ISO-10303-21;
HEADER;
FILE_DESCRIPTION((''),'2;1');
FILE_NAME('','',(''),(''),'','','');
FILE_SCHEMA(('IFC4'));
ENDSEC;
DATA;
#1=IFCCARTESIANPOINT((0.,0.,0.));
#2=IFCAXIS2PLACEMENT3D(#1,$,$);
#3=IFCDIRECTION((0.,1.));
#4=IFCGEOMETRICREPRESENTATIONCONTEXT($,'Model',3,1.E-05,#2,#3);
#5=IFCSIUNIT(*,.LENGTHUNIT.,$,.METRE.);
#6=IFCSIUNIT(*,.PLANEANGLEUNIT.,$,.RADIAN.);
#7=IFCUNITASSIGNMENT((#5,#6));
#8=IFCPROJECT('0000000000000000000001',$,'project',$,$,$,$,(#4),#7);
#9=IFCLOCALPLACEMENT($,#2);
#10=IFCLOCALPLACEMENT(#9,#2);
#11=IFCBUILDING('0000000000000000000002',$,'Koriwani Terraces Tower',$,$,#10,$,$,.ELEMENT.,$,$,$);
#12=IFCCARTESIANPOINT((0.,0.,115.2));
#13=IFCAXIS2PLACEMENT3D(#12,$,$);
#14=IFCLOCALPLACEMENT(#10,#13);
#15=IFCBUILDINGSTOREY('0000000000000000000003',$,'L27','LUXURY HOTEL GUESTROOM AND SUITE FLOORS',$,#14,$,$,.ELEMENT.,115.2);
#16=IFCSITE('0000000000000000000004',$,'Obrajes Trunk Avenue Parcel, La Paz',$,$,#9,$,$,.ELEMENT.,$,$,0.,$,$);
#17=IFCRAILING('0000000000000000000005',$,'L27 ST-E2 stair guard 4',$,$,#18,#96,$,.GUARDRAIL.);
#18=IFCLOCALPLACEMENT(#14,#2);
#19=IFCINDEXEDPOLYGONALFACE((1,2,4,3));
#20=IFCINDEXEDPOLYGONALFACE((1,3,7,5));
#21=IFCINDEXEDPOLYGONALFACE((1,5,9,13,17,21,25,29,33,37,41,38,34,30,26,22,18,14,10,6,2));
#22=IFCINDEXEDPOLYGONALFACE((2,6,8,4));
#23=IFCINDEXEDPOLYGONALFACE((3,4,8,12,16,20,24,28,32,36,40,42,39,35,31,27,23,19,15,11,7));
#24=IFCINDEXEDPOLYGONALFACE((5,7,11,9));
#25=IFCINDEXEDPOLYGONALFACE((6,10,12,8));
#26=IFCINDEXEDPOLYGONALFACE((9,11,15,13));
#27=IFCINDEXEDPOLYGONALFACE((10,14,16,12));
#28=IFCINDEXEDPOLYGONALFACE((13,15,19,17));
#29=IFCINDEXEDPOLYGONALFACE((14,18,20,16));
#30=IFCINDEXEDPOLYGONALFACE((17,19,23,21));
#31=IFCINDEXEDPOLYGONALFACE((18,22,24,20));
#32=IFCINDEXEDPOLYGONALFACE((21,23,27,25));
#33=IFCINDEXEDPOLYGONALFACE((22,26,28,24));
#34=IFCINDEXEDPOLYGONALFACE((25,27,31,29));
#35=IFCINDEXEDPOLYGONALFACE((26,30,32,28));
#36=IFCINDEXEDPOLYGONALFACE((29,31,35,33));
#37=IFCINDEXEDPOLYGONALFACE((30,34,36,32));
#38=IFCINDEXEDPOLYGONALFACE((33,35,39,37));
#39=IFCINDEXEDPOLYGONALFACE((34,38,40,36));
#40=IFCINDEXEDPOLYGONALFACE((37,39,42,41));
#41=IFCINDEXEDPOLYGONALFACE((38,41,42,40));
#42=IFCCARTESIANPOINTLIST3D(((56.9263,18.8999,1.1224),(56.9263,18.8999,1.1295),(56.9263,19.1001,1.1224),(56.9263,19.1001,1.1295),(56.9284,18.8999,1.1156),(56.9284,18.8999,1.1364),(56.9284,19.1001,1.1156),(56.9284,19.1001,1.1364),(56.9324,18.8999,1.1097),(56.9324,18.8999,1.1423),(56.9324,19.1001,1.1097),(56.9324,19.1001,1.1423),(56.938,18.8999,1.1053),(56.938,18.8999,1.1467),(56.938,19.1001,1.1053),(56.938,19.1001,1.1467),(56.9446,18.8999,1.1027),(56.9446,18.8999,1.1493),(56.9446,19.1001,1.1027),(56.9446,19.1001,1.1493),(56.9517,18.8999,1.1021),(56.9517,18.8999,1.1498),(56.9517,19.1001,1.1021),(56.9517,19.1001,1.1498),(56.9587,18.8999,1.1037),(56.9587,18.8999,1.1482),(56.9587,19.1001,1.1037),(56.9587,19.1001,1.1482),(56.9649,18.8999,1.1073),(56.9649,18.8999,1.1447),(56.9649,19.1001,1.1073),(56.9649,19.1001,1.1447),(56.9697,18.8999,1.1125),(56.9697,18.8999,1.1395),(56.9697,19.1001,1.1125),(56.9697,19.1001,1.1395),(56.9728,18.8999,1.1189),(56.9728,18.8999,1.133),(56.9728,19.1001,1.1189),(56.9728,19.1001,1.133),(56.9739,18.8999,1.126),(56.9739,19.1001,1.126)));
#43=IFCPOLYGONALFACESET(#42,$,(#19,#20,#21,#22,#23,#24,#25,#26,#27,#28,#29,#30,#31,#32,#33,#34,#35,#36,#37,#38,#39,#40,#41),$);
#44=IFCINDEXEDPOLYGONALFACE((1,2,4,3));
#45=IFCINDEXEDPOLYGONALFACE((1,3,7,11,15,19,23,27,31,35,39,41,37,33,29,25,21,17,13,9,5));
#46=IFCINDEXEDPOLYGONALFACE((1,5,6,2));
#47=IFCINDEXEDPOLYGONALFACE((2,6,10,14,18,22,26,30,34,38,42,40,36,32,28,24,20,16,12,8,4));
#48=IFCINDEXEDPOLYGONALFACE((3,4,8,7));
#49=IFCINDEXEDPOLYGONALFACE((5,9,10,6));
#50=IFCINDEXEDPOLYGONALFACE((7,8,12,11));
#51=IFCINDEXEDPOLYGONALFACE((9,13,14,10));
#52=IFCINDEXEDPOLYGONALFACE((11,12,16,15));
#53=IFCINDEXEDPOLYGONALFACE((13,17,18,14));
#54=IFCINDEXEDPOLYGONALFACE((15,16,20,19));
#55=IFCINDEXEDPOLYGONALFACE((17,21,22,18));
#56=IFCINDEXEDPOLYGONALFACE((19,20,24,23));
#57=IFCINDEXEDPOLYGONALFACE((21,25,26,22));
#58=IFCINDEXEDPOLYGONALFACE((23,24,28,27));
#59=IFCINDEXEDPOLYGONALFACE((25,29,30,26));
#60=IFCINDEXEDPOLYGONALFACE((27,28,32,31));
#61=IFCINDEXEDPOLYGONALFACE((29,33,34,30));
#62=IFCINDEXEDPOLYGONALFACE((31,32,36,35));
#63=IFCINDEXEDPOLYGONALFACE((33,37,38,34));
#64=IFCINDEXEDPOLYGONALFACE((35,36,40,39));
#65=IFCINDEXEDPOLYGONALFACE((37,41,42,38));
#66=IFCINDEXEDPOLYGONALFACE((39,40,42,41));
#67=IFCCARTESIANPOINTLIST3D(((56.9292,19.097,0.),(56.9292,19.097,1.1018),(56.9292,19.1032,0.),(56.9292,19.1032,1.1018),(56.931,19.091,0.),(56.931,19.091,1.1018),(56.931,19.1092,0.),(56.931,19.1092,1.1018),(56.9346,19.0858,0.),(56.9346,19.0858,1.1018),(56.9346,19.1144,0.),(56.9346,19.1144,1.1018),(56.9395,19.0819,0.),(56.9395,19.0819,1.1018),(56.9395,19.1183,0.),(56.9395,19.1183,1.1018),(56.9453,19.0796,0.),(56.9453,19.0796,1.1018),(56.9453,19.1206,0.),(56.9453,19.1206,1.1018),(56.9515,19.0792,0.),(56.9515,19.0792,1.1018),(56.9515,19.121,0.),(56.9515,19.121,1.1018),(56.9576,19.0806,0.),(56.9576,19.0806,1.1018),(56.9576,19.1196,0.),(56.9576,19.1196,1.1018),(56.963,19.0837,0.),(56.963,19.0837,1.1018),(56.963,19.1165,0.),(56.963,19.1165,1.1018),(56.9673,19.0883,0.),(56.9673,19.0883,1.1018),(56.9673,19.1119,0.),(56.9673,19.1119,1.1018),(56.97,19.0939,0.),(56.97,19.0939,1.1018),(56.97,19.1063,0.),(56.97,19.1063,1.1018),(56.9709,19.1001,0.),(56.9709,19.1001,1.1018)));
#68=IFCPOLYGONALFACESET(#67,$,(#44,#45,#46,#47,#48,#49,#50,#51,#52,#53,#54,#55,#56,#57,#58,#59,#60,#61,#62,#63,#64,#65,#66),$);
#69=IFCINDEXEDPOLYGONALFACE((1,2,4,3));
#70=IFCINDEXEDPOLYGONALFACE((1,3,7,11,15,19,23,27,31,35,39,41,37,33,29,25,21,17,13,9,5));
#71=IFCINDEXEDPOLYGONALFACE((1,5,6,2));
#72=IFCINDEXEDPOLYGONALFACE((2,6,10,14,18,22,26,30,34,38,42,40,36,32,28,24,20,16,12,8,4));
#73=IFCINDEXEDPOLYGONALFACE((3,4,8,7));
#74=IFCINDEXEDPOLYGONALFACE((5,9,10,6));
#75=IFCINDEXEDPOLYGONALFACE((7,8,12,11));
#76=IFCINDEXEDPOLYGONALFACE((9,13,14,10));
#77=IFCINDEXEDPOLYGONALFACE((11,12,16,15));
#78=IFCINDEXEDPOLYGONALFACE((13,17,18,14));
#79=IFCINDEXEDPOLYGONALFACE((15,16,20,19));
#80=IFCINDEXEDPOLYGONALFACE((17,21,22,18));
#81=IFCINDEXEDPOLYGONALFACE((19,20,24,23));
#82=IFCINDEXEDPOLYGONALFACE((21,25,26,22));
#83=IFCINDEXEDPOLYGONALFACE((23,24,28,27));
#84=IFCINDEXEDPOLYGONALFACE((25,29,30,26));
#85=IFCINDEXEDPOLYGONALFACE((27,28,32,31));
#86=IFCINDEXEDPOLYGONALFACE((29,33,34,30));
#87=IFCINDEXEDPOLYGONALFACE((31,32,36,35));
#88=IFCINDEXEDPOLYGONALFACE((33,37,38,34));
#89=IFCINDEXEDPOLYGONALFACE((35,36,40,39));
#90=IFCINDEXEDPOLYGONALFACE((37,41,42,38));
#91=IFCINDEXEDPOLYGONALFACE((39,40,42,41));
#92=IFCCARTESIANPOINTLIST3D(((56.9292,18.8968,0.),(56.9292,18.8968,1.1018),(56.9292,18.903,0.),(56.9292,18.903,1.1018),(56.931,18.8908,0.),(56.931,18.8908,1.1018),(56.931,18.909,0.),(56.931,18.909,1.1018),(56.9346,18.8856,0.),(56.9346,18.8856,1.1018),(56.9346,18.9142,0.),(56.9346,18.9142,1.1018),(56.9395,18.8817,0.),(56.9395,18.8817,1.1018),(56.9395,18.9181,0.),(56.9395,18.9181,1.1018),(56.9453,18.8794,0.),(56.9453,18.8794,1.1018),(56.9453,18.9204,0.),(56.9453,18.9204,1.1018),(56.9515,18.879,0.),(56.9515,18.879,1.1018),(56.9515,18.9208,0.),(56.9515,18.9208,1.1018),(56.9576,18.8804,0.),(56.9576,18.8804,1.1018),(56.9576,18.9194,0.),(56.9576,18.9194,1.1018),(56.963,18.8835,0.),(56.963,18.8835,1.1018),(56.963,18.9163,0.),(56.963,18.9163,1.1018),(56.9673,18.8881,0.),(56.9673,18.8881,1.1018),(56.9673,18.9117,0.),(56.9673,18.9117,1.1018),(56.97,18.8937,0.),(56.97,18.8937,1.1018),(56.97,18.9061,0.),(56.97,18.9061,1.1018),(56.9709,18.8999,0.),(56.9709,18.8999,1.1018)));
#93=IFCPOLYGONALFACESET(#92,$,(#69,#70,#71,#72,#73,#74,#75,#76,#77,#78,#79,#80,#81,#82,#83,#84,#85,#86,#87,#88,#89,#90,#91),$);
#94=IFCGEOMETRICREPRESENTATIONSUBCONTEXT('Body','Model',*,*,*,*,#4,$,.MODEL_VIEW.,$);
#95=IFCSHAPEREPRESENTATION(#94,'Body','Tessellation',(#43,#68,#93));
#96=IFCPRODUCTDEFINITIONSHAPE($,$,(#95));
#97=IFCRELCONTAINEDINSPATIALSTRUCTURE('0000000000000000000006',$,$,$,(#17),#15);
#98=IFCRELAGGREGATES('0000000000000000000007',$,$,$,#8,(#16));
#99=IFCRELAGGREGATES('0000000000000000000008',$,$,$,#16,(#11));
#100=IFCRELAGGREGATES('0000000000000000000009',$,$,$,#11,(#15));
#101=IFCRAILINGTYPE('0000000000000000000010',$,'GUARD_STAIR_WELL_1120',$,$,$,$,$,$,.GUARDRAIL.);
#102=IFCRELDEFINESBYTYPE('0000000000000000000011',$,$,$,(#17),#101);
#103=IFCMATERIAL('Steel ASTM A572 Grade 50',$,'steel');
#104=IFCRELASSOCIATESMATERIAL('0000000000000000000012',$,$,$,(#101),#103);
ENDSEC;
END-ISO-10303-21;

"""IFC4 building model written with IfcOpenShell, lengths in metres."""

from ifc_helpers import new_model, si_unit, direction, frame, origin, origin_2d, place, context, subcontext, project, spatial, circle, extrude, material, type_object, element, save


model = new_model("IFC4")

# Units and contexts
model_context = context("Model", 3, precision=1e-05, world=origin(), true_north=direction((0.0, 1.0)))
body_context = subcontext(model_context, "Body", "Model", "MODEL_VIEW")
ifc_project = project(units=[si_unit("LENGTHUNIT", "METRE"), si_unit("PLANEANGLEUNIT", "RADIAN")], contexts=[model_context])

# Site, building, storey
site_placement = place(None, origin())
site = spatial("IfcSite", under=ifc_project, at=site_placement, Name="Obrajes Trunk Avenue Parcel, La Paz", CompositionType="ELEMENT", RefElevation=0.0)
building_placement = place(site_placement, origin())
building = spatial("IfcBuilding", under=site, at=building_placement, Name="Koriwani Terraces Tower", CompositionType="ELEMENT")
storey_placement = place(building_placement, frame((0.0, 0.0, 115.2)))
storey = spatial("IfcBuildingStorey", under=building, at=storey_placement, Name="L27", Description="LUXURY HOTEL GUESTROOM AND SUITE FLOORS", CompositionType="ELEMENT", Elevation=115.2)

# Shared definitions
ifc_material_1 = material(Name="Steel ASTM A572 Grade 50", Category="steel")

# Railing
railing_type_1 = type_object("IfcRailingType", Name="GUARD_STAIR_WELL_1120", PredefinedType="GUARDRAIL", material=ifc_material_1)
railing_1_placement = place(storey_placement, frame((56.95, 19.1001, 0.0)))
element("IfcRailing", 1, at=railing_1_placement, inside=storey, type_object=railing_type_1, Name="L27 ST-E2 stair guard 4", PredefinedType="GUARDRAIL", context=body_context, shape_type="SweptSolid", body=[
    extrude(circle(Radius=0.0239, at=origin_2d()), frame((0.0, 0.0, 1.126), z_axis=(0.0, -1.0, 0.0), x_axis=(1.0, 0.0, 0.0)), (0.0, 0.0, 1.0), 0.2002),
    extrude(circle(Radius=0.021, at=origin_2d()), origin(), (0.0, 0.0, 1.0), 1.1018),
    extrude(circle(Radius=0.021, at=origin_2d()), frame((0.0, -0.2002, 0.0)), (0.0, 0.0, 1.0), 1.1018),
])

save(model, "model.ifc")
